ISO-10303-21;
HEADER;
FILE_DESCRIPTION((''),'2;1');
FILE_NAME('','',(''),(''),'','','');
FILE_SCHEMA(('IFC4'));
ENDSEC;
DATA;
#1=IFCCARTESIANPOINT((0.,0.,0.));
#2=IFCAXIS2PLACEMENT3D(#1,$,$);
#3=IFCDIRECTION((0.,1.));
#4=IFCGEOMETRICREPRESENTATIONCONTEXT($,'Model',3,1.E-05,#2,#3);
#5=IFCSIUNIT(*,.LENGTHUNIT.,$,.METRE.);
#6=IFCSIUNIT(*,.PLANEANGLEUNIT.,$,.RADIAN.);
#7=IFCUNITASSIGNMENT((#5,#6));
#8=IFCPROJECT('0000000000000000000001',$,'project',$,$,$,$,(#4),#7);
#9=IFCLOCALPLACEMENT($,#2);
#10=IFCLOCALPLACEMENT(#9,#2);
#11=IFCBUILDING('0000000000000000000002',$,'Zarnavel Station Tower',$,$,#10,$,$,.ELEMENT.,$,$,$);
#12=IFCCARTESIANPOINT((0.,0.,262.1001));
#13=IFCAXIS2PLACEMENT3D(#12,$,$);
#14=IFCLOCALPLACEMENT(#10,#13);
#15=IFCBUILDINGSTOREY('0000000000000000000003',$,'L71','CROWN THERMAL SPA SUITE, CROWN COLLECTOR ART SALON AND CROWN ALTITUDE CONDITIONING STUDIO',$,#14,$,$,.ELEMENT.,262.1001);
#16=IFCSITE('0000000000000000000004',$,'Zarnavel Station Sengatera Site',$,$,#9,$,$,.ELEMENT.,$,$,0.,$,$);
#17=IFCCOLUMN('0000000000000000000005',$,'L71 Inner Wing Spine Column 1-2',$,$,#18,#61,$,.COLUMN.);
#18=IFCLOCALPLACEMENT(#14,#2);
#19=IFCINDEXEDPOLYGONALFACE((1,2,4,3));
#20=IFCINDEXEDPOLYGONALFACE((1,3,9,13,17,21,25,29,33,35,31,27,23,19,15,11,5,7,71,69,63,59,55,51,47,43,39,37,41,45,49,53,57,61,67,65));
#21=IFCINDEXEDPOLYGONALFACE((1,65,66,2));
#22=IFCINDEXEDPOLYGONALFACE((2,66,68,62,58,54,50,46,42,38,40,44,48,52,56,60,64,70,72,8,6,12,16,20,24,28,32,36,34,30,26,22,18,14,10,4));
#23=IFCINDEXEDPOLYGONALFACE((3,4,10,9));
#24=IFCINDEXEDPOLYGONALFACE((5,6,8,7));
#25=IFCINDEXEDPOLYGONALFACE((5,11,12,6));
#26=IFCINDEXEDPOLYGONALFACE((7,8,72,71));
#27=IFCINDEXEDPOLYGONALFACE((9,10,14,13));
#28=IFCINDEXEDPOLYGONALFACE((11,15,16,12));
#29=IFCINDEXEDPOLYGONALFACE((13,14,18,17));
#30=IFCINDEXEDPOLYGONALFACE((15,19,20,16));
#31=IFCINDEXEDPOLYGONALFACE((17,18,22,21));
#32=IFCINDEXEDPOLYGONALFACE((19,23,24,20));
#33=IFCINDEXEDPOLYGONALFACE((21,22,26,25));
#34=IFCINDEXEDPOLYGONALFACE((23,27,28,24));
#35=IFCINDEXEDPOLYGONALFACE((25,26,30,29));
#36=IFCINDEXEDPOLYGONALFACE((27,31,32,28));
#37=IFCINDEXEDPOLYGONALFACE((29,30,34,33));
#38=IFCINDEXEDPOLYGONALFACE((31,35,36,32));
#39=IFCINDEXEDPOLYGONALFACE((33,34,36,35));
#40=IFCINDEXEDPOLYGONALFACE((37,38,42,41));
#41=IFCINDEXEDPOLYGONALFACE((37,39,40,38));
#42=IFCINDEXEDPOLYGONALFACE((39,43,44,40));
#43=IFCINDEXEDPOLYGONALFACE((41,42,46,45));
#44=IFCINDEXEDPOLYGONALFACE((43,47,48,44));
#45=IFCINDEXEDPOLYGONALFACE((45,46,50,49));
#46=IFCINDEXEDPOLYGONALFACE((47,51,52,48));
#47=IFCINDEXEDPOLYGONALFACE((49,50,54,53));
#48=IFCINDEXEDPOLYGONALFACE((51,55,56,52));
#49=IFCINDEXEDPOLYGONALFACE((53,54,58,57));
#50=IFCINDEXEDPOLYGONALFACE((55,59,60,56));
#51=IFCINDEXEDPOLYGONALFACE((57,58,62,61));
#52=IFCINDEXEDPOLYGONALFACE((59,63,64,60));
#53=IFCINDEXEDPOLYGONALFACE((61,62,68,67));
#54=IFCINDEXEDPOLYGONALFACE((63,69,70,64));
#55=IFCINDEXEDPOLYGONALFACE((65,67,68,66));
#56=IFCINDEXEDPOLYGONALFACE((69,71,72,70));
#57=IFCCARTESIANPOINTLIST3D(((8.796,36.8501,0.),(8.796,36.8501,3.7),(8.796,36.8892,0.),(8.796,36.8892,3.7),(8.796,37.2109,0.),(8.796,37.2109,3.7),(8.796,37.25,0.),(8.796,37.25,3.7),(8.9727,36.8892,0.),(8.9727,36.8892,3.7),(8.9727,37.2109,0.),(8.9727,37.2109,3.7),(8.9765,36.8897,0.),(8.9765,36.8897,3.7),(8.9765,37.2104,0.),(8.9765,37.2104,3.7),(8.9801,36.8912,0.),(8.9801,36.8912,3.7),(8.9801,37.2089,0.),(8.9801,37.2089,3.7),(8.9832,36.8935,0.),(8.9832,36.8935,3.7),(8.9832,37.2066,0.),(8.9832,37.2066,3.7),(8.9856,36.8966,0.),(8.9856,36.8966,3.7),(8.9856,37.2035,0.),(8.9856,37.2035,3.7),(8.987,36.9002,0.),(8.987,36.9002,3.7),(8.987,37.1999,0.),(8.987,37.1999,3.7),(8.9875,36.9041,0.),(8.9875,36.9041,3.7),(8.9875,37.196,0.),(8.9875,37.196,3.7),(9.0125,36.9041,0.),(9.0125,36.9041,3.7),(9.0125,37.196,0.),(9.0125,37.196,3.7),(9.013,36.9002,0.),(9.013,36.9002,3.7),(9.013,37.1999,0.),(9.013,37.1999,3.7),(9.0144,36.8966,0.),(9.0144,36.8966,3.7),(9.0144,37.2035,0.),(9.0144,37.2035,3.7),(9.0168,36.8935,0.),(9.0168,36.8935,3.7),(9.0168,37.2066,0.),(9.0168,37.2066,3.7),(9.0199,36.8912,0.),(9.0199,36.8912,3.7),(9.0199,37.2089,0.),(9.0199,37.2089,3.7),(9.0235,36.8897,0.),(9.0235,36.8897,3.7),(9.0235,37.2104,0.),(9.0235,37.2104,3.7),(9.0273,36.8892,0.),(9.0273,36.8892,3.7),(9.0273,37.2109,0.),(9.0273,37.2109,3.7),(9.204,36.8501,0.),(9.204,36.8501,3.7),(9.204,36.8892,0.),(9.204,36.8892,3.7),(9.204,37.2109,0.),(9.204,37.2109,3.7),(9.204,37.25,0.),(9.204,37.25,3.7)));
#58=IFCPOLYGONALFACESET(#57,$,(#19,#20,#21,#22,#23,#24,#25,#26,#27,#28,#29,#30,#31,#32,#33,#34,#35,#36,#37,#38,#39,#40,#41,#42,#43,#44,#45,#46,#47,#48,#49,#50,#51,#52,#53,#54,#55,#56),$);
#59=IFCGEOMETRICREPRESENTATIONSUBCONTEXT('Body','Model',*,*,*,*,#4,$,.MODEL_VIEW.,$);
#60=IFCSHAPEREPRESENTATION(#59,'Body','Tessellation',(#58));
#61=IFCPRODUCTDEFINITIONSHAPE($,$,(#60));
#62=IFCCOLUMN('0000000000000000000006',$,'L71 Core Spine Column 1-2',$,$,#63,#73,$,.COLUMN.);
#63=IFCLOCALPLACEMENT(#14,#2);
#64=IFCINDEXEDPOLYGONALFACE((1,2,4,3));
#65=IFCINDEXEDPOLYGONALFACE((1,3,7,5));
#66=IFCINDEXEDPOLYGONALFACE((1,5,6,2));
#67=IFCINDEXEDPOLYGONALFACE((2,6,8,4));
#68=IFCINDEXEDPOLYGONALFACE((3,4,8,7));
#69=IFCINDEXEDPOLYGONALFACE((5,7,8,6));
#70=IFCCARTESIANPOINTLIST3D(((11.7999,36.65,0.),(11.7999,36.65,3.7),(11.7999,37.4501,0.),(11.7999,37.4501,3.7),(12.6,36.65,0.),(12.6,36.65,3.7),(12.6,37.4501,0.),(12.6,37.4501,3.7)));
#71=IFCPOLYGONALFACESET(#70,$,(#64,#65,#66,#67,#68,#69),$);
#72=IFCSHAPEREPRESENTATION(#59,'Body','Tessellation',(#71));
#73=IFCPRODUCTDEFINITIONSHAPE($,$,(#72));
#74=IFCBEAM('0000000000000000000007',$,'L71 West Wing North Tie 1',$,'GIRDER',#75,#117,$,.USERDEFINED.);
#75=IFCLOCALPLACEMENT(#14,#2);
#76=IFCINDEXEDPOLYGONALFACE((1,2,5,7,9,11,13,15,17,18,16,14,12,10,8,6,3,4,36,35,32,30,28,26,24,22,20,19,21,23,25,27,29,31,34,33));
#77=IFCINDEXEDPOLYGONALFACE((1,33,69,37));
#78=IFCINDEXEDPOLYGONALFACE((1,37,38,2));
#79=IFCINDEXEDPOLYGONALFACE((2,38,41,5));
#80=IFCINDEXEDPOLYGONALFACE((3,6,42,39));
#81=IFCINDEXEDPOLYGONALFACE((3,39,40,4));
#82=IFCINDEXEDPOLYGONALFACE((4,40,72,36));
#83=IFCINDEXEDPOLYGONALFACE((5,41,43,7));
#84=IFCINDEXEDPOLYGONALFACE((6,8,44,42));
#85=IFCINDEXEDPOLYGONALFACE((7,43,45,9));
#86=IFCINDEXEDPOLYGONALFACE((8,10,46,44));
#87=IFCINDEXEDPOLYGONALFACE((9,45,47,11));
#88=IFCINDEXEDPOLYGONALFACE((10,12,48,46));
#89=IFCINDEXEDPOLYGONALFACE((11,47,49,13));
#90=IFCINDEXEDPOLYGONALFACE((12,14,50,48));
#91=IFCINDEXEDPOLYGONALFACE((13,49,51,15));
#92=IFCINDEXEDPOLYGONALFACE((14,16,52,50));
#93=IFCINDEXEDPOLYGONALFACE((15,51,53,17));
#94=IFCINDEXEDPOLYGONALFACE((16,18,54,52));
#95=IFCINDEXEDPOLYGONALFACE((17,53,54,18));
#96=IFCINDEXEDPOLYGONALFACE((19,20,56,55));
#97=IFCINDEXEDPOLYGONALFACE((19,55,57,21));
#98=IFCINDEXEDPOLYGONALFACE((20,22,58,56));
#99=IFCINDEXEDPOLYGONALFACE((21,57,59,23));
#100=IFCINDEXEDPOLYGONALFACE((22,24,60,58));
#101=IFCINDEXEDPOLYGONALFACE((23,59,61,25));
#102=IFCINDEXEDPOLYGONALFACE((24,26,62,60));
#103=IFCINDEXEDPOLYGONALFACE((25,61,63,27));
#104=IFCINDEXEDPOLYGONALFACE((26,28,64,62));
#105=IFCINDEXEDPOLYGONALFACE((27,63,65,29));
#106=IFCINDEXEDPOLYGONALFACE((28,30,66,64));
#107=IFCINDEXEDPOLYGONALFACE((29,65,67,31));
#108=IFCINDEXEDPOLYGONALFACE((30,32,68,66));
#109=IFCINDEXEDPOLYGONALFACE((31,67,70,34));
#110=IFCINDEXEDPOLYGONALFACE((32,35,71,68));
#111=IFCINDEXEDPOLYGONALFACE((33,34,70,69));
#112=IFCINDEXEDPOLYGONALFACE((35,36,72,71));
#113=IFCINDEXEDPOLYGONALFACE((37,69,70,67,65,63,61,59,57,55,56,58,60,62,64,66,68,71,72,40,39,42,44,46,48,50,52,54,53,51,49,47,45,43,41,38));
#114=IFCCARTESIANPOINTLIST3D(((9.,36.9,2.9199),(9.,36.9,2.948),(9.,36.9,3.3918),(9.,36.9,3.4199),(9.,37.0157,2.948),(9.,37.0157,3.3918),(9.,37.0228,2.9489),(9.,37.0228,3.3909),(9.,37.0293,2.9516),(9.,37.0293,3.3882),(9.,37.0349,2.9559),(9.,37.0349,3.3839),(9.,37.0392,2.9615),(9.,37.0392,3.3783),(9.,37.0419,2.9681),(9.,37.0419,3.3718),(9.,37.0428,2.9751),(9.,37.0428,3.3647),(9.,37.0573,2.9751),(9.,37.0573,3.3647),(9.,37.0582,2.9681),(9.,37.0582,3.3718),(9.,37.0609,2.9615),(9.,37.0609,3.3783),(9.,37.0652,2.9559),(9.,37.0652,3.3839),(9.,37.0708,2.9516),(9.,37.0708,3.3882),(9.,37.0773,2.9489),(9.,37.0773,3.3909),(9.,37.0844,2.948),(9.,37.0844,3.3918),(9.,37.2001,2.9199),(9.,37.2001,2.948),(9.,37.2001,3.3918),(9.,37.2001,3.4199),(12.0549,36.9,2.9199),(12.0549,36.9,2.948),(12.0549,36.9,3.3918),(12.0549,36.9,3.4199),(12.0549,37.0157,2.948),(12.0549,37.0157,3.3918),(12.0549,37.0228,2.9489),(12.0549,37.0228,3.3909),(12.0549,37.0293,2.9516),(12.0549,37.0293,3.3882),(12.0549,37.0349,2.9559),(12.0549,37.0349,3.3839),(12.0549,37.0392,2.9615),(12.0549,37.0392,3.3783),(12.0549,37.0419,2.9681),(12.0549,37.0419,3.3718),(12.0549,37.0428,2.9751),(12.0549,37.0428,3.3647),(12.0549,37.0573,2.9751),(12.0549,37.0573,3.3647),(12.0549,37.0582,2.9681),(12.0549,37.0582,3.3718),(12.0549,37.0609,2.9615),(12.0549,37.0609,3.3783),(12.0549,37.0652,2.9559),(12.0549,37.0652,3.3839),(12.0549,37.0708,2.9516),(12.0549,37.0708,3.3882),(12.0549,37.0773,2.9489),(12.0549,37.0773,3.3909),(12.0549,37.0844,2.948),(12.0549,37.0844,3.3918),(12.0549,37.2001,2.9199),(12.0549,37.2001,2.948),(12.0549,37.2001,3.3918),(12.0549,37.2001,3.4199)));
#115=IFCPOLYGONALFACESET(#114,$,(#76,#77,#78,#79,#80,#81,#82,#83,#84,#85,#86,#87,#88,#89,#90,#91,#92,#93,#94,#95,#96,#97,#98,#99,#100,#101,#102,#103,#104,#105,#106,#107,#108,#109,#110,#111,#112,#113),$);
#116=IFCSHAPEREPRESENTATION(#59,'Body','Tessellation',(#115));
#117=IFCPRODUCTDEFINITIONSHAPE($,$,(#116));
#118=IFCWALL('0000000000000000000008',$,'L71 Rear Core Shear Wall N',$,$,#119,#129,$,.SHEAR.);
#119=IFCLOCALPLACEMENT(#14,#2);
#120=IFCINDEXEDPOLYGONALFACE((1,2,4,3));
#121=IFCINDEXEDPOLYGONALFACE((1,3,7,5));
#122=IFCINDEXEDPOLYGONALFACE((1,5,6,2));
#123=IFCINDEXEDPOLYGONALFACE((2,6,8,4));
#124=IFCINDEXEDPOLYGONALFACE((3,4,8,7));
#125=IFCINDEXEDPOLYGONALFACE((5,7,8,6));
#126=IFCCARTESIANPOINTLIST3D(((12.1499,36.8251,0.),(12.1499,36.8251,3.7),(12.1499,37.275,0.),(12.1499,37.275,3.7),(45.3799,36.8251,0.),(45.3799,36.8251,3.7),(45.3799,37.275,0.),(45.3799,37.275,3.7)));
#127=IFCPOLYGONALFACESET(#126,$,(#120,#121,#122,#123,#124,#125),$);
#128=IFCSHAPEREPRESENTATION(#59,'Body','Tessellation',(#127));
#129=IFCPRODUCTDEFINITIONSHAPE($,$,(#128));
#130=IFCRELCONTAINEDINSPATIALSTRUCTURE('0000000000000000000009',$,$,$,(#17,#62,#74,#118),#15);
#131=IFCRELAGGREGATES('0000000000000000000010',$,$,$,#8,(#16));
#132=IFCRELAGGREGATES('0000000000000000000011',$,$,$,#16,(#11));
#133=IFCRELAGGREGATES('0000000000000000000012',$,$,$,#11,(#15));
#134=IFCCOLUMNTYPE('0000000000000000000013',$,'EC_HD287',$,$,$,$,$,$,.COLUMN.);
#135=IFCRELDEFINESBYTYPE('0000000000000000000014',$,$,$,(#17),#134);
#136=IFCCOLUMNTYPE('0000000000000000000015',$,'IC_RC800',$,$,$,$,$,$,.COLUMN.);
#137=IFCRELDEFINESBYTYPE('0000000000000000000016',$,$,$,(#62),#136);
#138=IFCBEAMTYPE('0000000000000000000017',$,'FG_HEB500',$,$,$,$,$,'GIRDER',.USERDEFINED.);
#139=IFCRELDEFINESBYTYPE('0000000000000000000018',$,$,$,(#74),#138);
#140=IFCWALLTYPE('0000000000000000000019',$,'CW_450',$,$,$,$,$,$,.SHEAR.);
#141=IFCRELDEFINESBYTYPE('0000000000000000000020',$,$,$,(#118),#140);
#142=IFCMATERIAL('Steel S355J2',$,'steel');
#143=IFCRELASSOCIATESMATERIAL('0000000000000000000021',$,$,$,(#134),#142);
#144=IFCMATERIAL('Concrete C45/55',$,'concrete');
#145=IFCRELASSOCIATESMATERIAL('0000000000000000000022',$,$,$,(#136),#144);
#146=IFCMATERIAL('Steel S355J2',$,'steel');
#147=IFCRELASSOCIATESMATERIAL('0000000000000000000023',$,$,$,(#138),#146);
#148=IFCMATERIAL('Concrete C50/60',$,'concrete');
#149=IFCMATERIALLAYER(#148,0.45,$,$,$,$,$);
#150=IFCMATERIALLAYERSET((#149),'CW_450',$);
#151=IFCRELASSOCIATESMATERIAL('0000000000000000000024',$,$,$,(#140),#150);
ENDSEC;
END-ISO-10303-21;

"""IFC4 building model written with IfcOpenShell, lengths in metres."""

from ifc_helpers import new_model, si_unit, direction, frame, frame_2d, origin, origin_2d, place, context, subcontext, project, spatial, rectangle, i_section, extrude, material, layer, layer_set, material_profile, profile_set, type_object, element, save


model = new_model("IFC4")

# Units and contexts
model_context = context("Model", 3, precision=1e-05, world=origin(), true_north=direction((0.0, 1.0)))
body_context = subcontext(model_context, "Body", "Model", "MODEL_VIEW")
ifc_project = project(units=[si_unit("LENGTHUNIT", "METRE"), si_unit("PLANEANGLEUNIT", "RADIAN")], contexts=[model_context])

# Site, building, storey
site_placement = place(None, origin())
site = spatial("IfcSite", under=ifc_project, at=site_placement, Name="Zarnavel Station Sengatera Site", CompositionType="ELEMENT", RefElevation=0.0)
building_placement = place(site_placement, origin())
building = spatial("IfcBuilding", under=site, at=building_placement, Name="Zarnavel Station Tower", CompositionType="ELEMENT")
storey_placement = place(building_placement, frame((0.0, 0.0, 262.1001)))
storey = spatial("IfcBuildingStorey", under=building, at=storey_placement, Name="L71", Description="CROWN THERMAL SPA SUITE, CROWN COLLECTOR ART SALON AND CROWN ALTITUDE CONDITIONING STUDIO", CompositionType="ELEMENT", Elevation=262.1001)

# Columns
ifc_material_1 = material(Name="Steel S355J2", Category="steel")
ifc_material_profile_1 = material_profile(ifc_material_1, i_section(OverallWidth=0.408, OverallDepth=0.3999, WebThickness=0.0249, FlangeThickness=0.0391, FilletRadius=0.0149, at=origin_2d()), Name="HD400x287")
ifc_profile_set_1 = profile_set([ifc_material_profile_1], Name="Steel S355J2")
column_type_1 = type_object("IfcColumnType", Name="EC_HD287", PredefinedType="COLUMN", material=ifc_profile_set_1)
column_1_placement = place(storey_placement, frame((9.0, 37.05, 0.0), z_axis=(0.0, 0.0, 1.0), x_axis=(1.0, 0.0, 0.0)))
element("IfcColumn", 1, at=column_1_placement, inside=storey, type_object=column_type_1, Name="L71 Inner Wing Spine Column 1-2", PredefinedType="COLUMN", context=body_context, shape_type="SweptSolid", body=[
    extrude(i_section(OverallWidth=0.408, OverallDepth=0.3999, WebThickness=0.0249, FlangeThickness=0.0391, FilletRadius=0.0149, at=origin_2d()), origin(), (0.0, 0.0, 1.0), 3.7),
])
ifc_material_2 = material(Name="Concrete C45/55", Category="concrete")
ifc_material_profile_2 = material_profile(ifc_material_2, rectangle(XDim=0.8, YDim=0.8, at=origin_2d()), Name="RC800x800")
ifc_profile_set_2 = profile_set([ifc_material_profile_2], Name="Concrete C45/55")
column_type_2 = type_object("IfcColumnType", Name="IC_RC800", PredefinedType="COLUMN", material=ifc_profile_set_2)
column_2_placement = place(storey_placement, frame((12.2, 37.05, 0.0), z_axis=(0.0, 0.0, 1.0), x_axis=(1.0, 0.0, 0.0)))
element("IfcColumn", 2, at=column_2_placement, inside=storey, type_object=column_type_2, Name="L71 Core Spine Column 1-2", PredefinedType="COLUMN", context=body_context, shape_type="SweptSolid", body=[
    extrude(rectangle(XDim=0.8, YDim=0.8, at=origin_2d()), origin(), (0.0, 0.0, 1.0), 3.7),
])

# Beam
ifc_material_3 = material(Name="Steel S355J2", Category="steel")
ifc_material_profile_3 = material_profile(ifc_material_3, i_section(OverallWidth=0.3, OverallDepth=0.5, WebThickness=0.0144, FlangeThickness=0.0281, FilletRadius=0.0271, at=origin_2d()), Name="HEB500")
ifc_profile_set_3 = profile_set([ifc_material_profile_3], Name="Steel S355J2")
beam_type = type_object("IfcBeamType", Name="FG_HEB500", ElementType="GIRDER", PredefinedType="USERDEFINED", material=ifc_profile_set_3)
beam_placement = place(storey_placement, frame((9.0, 37.05, 3.1699), z_axis=(1.0, 0.0, 0.0), x_axis=(0.0, 1.0, 0.0)))
element("IfcBeam", 3, at=beam_placement, inside=storey, type_object=beam_type, Name="L71 West Wing North Tie 1", ObjectType="GIRDER", PredefinedType="USERDEFINED", context=body_context, shape_type="SweptSolid", body=[
    extrude(i_section(OverallWidth=0.3, OverallDepth=0.5, WebThickness=0.0144, FlangeThickness=0.0281, FilletRadius=0.0271, at=origin_2d()), origin(), (0.0, 0.0, 1.0), 3.0549),
])

# Wall
ifc_material_4 = material(Name="Concrete C50/60", Category="concrete")
ifc_layer_1 = layer(ifc_material_4, 0.45)
ifc_layer_set_1 = layer_set([ifc_layer_1], Name="CW_450")
wall_type_1 = type_object("IfcWallType", Name="CW_450", PredefinedType="SHEAR", material=ifc_layer_set_1)
wall_1_placement = place(storey_placement, frame((12.1499, 37.05, 0.0), z_axis=(0.0, 0.0, 1.0), x_axis=(1.0, 0.0, 0.0)))
element("IfcWall", 4, at=wall_1_placement, inside=storey, type_object=wall_type_1, Name="L71 Rear Core Shear Wall N", PredefinedType="SHEAR", context=body_context, shape_type="SweptSolid", body=[
    extrude(rectangle(XDim=33.23, YDim=0.45, at=frame_2d((16.615, 0.0))), origin(), (0.0, 0.0, 1.0), 3.7),
])

save(model, "model.ifc")
